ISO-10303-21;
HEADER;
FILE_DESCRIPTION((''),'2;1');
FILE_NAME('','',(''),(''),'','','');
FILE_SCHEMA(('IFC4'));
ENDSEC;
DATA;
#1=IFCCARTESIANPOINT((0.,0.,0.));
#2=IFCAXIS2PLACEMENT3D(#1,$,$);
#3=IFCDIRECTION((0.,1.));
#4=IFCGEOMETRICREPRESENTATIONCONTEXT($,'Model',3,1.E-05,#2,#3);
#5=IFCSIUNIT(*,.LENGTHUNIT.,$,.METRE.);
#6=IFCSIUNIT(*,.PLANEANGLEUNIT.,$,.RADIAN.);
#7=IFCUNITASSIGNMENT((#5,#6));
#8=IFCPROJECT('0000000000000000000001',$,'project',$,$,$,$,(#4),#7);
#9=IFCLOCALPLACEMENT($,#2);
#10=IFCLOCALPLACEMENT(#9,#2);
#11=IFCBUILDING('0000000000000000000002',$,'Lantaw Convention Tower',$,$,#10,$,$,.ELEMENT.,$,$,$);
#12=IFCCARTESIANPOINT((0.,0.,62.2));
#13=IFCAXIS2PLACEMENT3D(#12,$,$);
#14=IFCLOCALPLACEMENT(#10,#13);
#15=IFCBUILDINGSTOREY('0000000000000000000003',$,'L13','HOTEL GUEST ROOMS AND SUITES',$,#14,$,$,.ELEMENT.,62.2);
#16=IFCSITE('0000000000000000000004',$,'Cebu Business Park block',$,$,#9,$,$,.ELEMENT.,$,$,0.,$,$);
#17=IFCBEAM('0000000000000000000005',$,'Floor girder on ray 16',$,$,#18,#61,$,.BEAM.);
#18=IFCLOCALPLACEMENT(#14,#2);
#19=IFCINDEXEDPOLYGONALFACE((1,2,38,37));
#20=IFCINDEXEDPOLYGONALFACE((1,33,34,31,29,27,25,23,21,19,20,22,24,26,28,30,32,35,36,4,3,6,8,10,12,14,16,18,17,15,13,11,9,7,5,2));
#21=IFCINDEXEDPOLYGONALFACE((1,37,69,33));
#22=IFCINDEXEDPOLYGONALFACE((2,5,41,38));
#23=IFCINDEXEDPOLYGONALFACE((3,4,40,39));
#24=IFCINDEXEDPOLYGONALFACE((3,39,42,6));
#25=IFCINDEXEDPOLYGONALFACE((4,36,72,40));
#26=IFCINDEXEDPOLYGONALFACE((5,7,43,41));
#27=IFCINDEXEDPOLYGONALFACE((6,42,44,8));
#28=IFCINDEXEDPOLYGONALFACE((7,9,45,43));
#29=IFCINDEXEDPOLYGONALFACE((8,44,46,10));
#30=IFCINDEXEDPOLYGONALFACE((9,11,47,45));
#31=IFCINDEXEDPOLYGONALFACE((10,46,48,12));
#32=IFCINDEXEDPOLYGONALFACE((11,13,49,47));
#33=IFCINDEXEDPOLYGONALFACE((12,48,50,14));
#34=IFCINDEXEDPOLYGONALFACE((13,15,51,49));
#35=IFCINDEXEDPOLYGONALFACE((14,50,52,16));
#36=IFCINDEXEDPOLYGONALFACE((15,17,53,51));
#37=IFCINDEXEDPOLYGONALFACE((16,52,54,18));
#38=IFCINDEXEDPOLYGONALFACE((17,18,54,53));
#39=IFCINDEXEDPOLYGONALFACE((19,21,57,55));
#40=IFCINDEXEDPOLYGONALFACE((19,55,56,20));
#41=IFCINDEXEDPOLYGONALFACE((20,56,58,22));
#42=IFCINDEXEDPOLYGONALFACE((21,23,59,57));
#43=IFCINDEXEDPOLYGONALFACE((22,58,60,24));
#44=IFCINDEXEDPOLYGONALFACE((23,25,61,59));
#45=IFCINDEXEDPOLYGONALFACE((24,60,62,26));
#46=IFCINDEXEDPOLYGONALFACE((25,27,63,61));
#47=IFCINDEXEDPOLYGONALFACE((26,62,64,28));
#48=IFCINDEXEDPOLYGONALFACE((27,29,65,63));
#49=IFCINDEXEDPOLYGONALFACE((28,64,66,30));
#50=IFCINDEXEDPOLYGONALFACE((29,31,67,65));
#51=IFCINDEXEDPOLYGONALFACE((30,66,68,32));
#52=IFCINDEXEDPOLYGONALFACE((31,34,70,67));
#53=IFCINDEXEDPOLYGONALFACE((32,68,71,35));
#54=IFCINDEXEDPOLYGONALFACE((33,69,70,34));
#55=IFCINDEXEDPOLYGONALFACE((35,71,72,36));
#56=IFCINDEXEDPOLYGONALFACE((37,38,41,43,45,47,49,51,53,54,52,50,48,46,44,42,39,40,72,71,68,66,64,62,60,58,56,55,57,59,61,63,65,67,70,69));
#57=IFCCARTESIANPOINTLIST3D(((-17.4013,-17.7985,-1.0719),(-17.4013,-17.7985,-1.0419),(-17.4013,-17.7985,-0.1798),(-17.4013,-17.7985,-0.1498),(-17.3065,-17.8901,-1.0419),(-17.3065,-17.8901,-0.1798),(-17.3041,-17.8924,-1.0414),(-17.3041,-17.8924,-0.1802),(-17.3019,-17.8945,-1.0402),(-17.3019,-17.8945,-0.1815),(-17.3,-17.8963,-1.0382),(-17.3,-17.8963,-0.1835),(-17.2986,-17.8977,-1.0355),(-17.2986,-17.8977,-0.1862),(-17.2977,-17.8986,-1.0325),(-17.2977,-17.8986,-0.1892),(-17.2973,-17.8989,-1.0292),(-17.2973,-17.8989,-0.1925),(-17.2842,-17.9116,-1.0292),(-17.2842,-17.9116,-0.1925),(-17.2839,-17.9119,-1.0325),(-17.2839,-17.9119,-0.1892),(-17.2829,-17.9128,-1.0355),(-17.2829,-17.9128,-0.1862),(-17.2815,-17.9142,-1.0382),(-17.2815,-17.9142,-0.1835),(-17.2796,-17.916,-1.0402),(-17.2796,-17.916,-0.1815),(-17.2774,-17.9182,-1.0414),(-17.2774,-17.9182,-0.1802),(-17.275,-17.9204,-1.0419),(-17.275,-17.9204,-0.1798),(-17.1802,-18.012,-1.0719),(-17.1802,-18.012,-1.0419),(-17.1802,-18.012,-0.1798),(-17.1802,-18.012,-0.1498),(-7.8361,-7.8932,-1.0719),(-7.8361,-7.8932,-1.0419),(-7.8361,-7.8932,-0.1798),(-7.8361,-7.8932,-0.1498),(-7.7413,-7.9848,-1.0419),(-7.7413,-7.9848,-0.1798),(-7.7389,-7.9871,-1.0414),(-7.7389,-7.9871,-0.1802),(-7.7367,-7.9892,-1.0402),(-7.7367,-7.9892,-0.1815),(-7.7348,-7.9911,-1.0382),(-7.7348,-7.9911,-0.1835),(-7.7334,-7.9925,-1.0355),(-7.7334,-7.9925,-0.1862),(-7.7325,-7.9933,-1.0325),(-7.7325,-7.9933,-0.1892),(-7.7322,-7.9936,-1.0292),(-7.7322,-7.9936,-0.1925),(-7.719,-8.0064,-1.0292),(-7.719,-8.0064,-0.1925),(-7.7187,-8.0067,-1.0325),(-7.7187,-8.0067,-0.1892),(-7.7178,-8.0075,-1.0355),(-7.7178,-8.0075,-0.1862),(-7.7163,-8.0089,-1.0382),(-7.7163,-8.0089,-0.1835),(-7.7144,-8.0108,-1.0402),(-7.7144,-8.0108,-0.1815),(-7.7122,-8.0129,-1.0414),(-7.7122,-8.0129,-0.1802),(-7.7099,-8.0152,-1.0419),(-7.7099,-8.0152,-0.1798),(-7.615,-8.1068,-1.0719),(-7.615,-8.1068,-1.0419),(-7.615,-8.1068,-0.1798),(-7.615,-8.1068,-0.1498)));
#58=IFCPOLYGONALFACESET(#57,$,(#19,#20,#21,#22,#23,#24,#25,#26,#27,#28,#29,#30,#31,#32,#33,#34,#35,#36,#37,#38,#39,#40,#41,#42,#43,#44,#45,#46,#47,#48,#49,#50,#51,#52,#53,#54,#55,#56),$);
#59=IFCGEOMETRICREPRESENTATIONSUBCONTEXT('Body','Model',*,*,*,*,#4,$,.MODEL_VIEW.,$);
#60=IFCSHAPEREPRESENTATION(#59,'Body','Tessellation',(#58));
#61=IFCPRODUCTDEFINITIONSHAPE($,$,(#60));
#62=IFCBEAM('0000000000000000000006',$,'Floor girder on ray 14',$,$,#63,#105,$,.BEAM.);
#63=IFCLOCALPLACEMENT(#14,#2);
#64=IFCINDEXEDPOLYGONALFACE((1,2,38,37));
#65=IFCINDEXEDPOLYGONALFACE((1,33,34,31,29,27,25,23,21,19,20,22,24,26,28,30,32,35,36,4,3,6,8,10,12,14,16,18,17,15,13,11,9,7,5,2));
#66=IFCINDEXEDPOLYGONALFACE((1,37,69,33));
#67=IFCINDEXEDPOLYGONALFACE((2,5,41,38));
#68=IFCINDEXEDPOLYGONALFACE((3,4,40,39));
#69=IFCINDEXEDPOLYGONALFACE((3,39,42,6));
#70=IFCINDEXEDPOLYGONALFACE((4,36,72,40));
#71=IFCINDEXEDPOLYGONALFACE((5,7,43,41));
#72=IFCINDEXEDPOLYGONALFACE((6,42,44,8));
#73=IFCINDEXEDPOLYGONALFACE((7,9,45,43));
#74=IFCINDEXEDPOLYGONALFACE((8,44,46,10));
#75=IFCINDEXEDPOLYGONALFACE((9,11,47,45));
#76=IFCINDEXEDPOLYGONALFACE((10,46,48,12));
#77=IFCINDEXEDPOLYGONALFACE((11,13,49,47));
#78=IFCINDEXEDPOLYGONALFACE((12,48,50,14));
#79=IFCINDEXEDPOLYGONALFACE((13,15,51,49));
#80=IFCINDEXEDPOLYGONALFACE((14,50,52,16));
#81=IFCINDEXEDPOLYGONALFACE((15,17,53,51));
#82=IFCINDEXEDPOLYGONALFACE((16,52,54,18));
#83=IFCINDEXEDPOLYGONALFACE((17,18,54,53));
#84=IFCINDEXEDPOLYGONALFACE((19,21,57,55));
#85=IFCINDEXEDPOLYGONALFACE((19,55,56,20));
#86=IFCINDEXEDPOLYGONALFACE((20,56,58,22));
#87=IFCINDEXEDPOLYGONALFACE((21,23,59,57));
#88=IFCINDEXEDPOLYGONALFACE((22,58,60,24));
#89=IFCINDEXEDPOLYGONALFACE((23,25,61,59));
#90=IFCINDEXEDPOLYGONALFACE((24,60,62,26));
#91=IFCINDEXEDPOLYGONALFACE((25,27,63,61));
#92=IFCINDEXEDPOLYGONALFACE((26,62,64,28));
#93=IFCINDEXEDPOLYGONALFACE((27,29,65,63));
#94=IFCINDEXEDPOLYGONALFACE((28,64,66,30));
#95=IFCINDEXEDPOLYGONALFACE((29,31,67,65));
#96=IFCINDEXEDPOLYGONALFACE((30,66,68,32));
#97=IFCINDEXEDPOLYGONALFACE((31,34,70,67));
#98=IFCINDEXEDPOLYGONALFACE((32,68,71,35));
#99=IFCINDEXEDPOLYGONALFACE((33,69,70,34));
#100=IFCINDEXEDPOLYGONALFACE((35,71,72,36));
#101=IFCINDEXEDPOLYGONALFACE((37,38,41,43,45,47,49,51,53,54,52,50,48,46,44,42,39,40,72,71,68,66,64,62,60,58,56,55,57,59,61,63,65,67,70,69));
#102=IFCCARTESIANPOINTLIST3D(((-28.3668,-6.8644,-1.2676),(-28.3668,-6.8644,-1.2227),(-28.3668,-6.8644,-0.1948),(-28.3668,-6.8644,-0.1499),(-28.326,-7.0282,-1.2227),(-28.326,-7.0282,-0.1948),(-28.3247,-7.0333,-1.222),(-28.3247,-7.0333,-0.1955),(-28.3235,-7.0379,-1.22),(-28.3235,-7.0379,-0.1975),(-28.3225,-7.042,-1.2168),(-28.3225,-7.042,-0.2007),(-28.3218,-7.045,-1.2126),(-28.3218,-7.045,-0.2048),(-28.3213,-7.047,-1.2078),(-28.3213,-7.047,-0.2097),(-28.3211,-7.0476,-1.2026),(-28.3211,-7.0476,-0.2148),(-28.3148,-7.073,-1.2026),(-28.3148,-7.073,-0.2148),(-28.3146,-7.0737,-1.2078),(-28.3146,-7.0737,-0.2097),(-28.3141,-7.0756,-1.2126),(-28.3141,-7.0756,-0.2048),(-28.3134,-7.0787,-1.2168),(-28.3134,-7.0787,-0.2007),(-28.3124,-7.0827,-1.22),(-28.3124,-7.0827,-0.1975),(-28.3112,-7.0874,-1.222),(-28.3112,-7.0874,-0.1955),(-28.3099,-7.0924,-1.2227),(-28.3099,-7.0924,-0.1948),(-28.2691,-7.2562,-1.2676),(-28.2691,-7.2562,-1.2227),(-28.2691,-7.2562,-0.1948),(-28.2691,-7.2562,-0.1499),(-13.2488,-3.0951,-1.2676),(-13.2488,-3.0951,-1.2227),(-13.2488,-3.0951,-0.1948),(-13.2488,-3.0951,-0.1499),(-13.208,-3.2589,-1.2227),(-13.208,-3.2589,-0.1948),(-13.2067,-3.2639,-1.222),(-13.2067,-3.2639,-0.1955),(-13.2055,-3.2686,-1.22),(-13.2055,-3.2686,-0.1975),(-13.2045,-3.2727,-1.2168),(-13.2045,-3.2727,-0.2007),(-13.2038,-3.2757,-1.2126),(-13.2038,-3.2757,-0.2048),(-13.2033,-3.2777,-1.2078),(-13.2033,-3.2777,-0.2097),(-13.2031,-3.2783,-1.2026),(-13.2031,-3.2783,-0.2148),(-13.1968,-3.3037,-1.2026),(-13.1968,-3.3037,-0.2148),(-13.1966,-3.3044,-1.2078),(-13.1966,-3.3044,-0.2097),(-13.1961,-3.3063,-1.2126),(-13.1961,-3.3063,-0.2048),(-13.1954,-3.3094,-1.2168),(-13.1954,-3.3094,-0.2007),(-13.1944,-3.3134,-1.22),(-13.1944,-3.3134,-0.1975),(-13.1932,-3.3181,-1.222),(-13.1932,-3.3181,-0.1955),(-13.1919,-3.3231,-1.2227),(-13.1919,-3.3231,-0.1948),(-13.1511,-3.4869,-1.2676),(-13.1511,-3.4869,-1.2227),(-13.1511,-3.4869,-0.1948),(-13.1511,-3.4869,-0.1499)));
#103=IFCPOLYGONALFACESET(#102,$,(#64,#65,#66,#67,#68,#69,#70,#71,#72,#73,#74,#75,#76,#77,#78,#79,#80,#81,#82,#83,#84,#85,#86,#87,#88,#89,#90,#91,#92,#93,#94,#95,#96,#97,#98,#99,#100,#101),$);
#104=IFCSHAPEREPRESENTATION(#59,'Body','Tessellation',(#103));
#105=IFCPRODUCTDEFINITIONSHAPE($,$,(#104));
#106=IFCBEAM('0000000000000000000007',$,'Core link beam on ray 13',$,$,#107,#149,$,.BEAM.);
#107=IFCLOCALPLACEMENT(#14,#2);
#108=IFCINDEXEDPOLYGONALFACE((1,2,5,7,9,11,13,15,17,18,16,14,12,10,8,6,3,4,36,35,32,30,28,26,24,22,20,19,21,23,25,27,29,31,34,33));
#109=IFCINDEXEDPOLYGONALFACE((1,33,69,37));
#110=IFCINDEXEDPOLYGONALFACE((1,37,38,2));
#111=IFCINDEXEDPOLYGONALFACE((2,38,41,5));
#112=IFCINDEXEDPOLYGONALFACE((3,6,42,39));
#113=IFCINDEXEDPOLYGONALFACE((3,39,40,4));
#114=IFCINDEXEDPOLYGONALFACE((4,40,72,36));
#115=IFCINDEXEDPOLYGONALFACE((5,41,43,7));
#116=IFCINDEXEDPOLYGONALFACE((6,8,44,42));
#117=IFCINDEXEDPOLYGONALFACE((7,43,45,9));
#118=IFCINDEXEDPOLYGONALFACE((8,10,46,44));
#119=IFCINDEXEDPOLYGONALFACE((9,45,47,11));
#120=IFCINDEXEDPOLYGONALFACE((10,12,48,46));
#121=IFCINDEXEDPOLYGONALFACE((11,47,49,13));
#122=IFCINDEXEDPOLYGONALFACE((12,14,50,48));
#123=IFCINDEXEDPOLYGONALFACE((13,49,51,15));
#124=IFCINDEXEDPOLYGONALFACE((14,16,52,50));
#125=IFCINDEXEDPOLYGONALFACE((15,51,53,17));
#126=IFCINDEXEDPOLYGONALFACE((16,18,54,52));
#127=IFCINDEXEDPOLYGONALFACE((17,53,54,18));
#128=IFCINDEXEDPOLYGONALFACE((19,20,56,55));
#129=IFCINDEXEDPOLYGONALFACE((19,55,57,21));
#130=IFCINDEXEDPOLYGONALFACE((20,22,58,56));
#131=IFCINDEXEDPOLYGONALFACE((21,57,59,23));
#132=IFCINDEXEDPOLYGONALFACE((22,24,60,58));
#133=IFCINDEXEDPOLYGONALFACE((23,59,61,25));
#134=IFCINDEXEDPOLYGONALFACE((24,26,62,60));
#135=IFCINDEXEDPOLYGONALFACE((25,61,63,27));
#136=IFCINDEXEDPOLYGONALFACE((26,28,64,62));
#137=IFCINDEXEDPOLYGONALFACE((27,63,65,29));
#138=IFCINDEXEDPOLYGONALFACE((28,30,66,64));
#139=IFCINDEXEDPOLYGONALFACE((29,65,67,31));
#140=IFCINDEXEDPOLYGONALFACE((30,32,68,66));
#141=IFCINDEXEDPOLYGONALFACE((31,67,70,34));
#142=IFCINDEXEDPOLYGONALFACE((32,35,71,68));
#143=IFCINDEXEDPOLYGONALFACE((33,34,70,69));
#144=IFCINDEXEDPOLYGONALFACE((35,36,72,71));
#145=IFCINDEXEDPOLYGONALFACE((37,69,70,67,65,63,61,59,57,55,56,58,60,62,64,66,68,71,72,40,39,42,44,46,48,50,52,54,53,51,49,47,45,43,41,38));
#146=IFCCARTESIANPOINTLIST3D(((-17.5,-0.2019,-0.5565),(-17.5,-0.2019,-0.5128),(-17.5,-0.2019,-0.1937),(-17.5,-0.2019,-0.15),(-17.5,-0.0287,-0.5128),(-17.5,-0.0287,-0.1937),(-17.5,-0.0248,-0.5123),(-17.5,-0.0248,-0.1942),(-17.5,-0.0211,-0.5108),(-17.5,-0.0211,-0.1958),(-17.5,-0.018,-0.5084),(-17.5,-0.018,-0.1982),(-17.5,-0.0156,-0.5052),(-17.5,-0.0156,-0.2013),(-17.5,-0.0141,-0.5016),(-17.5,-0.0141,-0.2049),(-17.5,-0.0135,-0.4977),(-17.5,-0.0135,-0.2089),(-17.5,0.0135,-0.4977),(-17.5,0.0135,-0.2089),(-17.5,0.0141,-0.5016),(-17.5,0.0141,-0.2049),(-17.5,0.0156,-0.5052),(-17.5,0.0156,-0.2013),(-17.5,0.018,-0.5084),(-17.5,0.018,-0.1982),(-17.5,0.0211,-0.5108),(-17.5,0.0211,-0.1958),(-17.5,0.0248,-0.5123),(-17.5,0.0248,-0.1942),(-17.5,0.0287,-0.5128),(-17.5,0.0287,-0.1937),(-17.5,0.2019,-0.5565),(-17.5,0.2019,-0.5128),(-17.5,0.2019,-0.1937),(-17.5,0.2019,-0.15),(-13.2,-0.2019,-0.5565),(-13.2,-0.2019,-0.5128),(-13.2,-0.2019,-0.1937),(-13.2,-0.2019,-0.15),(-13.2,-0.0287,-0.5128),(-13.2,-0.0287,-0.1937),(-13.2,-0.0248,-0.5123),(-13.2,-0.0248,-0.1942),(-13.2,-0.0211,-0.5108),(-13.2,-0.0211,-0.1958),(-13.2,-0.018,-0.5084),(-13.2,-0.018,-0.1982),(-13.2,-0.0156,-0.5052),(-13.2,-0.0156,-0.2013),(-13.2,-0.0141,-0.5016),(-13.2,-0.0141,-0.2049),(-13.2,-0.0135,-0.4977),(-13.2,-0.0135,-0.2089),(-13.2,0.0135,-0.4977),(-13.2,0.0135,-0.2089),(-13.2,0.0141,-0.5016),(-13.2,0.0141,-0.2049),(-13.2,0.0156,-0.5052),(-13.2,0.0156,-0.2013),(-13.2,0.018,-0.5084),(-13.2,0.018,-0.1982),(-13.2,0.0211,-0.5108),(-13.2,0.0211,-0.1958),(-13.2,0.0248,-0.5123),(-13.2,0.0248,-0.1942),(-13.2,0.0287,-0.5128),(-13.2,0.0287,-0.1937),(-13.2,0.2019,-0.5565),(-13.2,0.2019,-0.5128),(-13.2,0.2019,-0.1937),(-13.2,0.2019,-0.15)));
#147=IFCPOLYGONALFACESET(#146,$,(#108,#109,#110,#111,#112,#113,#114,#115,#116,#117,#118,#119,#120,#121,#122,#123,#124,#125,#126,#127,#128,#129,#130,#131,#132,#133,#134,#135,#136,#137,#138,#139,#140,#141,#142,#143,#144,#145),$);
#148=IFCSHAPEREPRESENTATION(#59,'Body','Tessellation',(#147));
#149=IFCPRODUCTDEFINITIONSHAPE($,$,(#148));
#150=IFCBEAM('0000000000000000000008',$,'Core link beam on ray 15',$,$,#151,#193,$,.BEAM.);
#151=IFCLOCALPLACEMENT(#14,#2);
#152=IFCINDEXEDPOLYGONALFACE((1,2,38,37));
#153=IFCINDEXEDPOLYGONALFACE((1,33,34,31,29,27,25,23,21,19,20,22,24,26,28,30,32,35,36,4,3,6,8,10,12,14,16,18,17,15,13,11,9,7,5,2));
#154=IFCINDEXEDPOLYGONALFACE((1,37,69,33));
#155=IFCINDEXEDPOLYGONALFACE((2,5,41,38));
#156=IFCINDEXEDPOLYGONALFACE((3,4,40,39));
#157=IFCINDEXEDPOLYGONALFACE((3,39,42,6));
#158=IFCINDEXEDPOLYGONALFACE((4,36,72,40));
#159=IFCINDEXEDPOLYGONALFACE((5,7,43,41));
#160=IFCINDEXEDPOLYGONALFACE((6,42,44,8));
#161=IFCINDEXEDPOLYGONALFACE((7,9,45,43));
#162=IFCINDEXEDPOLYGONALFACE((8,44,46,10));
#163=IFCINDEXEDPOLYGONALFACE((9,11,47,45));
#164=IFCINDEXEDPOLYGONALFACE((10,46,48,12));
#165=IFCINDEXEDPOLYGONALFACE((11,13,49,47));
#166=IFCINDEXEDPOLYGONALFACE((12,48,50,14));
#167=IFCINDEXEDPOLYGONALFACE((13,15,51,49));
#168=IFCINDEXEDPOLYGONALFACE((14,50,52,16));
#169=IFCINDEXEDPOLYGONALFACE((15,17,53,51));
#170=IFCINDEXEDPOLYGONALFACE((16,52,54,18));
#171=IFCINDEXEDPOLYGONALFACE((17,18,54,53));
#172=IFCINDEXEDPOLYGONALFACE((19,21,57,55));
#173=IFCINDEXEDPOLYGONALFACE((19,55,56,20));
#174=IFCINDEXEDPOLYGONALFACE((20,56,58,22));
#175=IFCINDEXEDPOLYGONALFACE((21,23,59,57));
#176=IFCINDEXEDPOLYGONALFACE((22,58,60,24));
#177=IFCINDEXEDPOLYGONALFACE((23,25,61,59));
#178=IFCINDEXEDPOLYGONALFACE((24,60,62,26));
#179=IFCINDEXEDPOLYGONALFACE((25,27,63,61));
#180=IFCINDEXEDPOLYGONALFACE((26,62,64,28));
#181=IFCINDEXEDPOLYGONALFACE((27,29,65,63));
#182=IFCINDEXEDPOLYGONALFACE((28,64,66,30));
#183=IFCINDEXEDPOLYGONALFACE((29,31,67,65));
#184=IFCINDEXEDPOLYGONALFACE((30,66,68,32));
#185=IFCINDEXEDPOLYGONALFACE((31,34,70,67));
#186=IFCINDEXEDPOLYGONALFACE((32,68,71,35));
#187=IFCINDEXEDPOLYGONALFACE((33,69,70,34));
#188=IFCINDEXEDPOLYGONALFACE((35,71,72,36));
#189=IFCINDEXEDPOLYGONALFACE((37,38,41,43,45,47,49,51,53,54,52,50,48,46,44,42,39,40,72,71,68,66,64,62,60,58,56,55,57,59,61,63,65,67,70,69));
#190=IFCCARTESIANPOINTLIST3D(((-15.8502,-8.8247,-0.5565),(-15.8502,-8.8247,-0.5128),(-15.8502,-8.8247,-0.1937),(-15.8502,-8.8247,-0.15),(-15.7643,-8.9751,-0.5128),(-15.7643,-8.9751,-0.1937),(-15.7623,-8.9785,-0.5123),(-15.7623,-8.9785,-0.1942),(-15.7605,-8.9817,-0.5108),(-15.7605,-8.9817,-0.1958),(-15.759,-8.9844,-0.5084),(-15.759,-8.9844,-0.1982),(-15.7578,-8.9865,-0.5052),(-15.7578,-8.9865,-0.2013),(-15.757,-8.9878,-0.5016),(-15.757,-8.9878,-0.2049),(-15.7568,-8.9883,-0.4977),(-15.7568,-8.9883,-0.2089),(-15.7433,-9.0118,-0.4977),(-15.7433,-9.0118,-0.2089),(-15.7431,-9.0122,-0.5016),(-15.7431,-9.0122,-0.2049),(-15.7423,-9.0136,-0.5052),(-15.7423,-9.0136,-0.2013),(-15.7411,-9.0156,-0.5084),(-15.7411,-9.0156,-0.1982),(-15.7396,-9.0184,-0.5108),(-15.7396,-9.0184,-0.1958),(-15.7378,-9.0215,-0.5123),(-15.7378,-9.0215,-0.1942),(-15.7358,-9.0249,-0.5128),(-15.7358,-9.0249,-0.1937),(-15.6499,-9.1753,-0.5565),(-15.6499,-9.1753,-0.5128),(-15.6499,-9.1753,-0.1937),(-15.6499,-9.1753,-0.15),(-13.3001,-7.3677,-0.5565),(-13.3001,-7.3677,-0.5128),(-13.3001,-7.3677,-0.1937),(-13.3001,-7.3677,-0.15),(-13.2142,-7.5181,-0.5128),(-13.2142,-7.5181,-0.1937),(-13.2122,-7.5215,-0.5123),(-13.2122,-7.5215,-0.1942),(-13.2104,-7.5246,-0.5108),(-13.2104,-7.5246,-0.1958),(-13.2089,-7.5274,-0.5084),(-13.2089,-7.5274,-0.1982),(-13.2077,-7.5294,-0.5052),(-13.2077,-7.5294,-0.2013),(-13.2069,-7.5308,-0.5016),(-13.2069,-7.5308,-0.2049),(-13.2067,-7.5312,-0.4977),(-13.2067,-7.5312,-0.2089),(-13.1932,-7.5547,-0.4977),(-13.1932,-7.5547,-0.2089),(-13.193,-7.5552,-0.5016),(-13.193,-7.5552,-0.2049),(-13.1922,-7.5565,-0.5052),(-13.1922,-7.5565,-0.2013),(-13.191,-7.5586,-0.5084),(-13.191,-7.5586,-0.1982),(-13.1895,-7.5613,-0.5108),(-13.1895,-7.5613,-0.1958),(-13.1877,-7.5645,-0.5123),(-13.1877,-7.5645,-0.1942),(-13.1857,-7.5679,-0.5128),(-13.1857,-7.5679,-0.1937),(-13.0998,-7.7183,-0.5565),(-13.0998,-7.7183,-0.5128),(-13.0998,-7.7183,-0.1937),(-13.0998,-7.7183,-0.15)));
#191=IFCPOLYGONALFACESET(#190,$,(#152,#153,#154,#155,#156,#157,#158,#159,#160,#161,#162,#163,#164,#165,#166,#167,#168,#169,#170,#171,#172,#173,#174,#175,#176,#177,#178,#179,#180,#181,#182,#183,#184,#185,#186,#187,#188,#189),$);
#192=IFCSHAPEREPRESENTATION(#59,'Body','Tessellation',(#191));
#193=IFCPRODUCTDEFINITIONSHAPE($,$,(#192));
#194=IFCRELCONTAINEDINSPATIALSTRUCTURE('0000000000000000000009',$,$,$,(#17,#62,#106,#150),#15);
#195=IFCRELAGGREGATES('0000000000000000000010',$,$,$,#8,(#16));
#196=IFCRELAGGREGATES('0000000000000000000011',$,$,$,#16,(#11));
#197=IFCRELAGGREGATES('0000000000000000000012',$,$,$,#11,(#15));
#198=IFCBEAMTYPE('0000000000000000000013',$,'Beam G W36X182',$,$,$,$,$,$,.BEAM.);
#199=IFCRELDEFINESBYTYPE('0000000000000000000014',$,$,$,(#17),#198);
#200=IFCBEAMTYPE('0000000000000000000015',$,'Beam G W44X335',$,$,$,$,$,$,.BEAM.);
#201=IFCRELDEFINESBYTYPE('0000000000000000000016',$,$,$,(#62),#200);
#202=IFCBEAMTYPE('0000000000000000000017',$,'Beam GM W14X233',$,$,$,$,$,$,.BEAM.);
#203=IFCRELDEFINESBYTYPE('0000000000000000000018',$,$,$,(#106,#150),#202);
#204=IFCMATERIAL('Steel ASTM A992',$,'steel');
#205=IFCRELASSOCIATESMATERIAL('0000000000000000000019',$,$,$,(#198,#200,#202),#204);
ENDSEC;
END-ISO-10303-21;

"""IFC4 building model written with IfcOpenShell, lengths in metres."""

from ifc_helpers import new_model, si_unit, direction, frame, origin, origin_2d, place, context, subcontext, project, spatial, i_section, extrude, material, material_profile, profile_set, type_object, element, save


model = new_model("IFC4")

# Units and contexts
model_context = context("Model", 3, precision=1e-05, world=origin(), true_north=direction((0.0, 1.0)))
body_context = subcontext(model_context, "Body", "Model", "MODEL_VIEW")
ifc_project = project(units=[si_unit("LENGTHUNIT", "METRE"), si_unit("PLANEANGLEUNIT", "RADIAN")], contexts=[model_context])

# Site, building, storey
site_placement = place(None, origin())
site = spatial("IfcSite", under=ifc_project, at=site_placement, Name="Cebu Business Park block", CompositionType="ELEMENT", RefElevation=0.0)
building_placement = place(site_placement, origin())
building = spatial("IfcBuilding", under=site, at=building_placement, Name="Lantaw Convention Tower", CompositionType="ELEMENT")
storey_placement = place(building_placement, frame((0.0, 0.0, 62.2)))
storey = spatial("IfcBuildingStorey", under=building, at=storey_placement, Name="L13", Description="HOTEL GUEST ROOMS AND SUITES", CompositionType="ELEMENT", Elevation=62.2)

# Beams
ifc_material_1 = material(Name="Steel ASTM A992", Category="steel")
ifc_material_profile_1 = material_profile(ifc_material_1, i_section(OverallWidth=0.3074, OverallDepth=0.9221, WebThickness=0.0183, FlangeThickness=0.03, FilletRadius=0.0127, at=origin_2d()), Name="W36X182")
ifc_profile_set_1 = profile_set([ifc_material_profile_1], Name="Steel ASTM A992")
beam_type_1 = type_object("IfcBeamType", Name="Beam G W36X182", PredefinedType="BEAM", material=ifc_profile_set_1)
beam_1_placement = place(storey_placement, frame((-7.7256, -8.0, -0.6108), z_axis=(-0.69465, -0.719348, 0.0), x_axis=(0.719348, -0.69465, 0.0)))
element("IfcBeam", 1, at=beam_1_placement, inside=storey, type_object=beam_type_1, Name="Floor girder on ray 16", PredefinedType="BEAM", context=body_context, shape_type="SweptSolid", body=[
    extrude(i_section(OverallWidth=0.3074, OverallDepth=0.9221, WebThickness=0.0183, FlangeThickness=0.03, FilletRadius=0.0127, at=origin_2d()), origin(), (0.0, 0.0, 1.0), 13.7698),
])
ifc_material_profile_2 = material_profile(ifc_material_1, i_section(OverallWidth=0.4038, OverallDepth=1.1177, WebThickness=0.0261, FlangeThickness=0.0449, FilletRadius=0.02, at=origin_2d()), Name="W44X335")
ifc_profile_set_2 = profile_set([ifc_material_profile_2], Name="Steel ASTM A992")
beam_type_2 = type_object("IfcBeamType", Name="Beam G W44X335", PredefinedType="BEAM", material=ifc_profile_set_2)
beam_2_placement = place(storey_placement, frame((-13.2, -3.291, -0.7087), z_axis=(-0.970296, -0.24192, 0.0), x_axis=(0.24192, -0.970296, 0.0)))
element("IfcBeam", 2, at=beam_2_placement, inside=storey, type_object=beam_type_2, Name="Floor girder on ray 14", PredefinedType="BEAM", context=body_context, shape_type="SweptSolid", body=[
    extrude(i_section(OverallWidth=0.4038, OverallDepth=1.1177, WebThickness=0.0261, FlangeThickness=0.0449, FilletRadius=0.02, at=origin_2d()), origin(), (0.0, 0.0, 1.0), 15.5808),
])
ifc_material_profile_3 = material_profile(ifc_material_1, i_section(OverallWidth=0.4038, OverallDepth=0.4065, WebThickness=0.0271, FlangeThickness=0.0437, FilletRadius=0.0151, at=origin_2d()), Name="W14X233")
ifc_profile_set_3 = profile_set([ifc_material_profile_3], Name="Steel ASTM A992")
beam_type_3 = type_object("IfcBeamType", Name="Beam GM W14X233", PredefinedType="BEAM", material=ifc_profile_set_3)
beam_3_placement = place(storey_placement, frame((-13.2, 0.0, -0.3533), z_axis=(-1.0, 0.0, 0.0), x_axis=(0.0, -1.0, 0.0)))
element("IfcBeam", 3, at=beam_3_placement, inside=storey, type_object=beam_type_3, Name="Core link beam on ray 13", PredefinedType="BEAM", context=body_context, shape_type="SweptSolid", body=[
    extrude(i_section(OverallWidth=0.4038, OverallDepth=0.4065, WebThickness=0.0271, FlangeThickness=0.0437, FilletRadius=0.0151, at=origin_2d()), origin(), (0.0, 0.0, 1.0), 4.3),
])
beam_4_placement = place(storey_placement, frame((-13.2, -7.543, -0.3533), z_axis=(-0.868264, -0.496103, 0.0), x_axis=(0.496103, -0.868264, 0.0)))
element("IfcBeam", 4, at=beam_4_placement, inside=storey, type_object=beam_type_3, Name="Core link beam on ray 15", PredefinedType="BEAM", context=body_context, shape_type="SweptSolid", body=[
    extrude(i_section(OverallWidth=0.4038, OverallDepth=0.4065, WebThickness=0.0271, FlangeThickness=0.0437, FilletRadius=0.0151, at=origin_2d()), origin(), (0.0, 0.0, 1.0), 2.937),
])

save(model, "model.ifc")
